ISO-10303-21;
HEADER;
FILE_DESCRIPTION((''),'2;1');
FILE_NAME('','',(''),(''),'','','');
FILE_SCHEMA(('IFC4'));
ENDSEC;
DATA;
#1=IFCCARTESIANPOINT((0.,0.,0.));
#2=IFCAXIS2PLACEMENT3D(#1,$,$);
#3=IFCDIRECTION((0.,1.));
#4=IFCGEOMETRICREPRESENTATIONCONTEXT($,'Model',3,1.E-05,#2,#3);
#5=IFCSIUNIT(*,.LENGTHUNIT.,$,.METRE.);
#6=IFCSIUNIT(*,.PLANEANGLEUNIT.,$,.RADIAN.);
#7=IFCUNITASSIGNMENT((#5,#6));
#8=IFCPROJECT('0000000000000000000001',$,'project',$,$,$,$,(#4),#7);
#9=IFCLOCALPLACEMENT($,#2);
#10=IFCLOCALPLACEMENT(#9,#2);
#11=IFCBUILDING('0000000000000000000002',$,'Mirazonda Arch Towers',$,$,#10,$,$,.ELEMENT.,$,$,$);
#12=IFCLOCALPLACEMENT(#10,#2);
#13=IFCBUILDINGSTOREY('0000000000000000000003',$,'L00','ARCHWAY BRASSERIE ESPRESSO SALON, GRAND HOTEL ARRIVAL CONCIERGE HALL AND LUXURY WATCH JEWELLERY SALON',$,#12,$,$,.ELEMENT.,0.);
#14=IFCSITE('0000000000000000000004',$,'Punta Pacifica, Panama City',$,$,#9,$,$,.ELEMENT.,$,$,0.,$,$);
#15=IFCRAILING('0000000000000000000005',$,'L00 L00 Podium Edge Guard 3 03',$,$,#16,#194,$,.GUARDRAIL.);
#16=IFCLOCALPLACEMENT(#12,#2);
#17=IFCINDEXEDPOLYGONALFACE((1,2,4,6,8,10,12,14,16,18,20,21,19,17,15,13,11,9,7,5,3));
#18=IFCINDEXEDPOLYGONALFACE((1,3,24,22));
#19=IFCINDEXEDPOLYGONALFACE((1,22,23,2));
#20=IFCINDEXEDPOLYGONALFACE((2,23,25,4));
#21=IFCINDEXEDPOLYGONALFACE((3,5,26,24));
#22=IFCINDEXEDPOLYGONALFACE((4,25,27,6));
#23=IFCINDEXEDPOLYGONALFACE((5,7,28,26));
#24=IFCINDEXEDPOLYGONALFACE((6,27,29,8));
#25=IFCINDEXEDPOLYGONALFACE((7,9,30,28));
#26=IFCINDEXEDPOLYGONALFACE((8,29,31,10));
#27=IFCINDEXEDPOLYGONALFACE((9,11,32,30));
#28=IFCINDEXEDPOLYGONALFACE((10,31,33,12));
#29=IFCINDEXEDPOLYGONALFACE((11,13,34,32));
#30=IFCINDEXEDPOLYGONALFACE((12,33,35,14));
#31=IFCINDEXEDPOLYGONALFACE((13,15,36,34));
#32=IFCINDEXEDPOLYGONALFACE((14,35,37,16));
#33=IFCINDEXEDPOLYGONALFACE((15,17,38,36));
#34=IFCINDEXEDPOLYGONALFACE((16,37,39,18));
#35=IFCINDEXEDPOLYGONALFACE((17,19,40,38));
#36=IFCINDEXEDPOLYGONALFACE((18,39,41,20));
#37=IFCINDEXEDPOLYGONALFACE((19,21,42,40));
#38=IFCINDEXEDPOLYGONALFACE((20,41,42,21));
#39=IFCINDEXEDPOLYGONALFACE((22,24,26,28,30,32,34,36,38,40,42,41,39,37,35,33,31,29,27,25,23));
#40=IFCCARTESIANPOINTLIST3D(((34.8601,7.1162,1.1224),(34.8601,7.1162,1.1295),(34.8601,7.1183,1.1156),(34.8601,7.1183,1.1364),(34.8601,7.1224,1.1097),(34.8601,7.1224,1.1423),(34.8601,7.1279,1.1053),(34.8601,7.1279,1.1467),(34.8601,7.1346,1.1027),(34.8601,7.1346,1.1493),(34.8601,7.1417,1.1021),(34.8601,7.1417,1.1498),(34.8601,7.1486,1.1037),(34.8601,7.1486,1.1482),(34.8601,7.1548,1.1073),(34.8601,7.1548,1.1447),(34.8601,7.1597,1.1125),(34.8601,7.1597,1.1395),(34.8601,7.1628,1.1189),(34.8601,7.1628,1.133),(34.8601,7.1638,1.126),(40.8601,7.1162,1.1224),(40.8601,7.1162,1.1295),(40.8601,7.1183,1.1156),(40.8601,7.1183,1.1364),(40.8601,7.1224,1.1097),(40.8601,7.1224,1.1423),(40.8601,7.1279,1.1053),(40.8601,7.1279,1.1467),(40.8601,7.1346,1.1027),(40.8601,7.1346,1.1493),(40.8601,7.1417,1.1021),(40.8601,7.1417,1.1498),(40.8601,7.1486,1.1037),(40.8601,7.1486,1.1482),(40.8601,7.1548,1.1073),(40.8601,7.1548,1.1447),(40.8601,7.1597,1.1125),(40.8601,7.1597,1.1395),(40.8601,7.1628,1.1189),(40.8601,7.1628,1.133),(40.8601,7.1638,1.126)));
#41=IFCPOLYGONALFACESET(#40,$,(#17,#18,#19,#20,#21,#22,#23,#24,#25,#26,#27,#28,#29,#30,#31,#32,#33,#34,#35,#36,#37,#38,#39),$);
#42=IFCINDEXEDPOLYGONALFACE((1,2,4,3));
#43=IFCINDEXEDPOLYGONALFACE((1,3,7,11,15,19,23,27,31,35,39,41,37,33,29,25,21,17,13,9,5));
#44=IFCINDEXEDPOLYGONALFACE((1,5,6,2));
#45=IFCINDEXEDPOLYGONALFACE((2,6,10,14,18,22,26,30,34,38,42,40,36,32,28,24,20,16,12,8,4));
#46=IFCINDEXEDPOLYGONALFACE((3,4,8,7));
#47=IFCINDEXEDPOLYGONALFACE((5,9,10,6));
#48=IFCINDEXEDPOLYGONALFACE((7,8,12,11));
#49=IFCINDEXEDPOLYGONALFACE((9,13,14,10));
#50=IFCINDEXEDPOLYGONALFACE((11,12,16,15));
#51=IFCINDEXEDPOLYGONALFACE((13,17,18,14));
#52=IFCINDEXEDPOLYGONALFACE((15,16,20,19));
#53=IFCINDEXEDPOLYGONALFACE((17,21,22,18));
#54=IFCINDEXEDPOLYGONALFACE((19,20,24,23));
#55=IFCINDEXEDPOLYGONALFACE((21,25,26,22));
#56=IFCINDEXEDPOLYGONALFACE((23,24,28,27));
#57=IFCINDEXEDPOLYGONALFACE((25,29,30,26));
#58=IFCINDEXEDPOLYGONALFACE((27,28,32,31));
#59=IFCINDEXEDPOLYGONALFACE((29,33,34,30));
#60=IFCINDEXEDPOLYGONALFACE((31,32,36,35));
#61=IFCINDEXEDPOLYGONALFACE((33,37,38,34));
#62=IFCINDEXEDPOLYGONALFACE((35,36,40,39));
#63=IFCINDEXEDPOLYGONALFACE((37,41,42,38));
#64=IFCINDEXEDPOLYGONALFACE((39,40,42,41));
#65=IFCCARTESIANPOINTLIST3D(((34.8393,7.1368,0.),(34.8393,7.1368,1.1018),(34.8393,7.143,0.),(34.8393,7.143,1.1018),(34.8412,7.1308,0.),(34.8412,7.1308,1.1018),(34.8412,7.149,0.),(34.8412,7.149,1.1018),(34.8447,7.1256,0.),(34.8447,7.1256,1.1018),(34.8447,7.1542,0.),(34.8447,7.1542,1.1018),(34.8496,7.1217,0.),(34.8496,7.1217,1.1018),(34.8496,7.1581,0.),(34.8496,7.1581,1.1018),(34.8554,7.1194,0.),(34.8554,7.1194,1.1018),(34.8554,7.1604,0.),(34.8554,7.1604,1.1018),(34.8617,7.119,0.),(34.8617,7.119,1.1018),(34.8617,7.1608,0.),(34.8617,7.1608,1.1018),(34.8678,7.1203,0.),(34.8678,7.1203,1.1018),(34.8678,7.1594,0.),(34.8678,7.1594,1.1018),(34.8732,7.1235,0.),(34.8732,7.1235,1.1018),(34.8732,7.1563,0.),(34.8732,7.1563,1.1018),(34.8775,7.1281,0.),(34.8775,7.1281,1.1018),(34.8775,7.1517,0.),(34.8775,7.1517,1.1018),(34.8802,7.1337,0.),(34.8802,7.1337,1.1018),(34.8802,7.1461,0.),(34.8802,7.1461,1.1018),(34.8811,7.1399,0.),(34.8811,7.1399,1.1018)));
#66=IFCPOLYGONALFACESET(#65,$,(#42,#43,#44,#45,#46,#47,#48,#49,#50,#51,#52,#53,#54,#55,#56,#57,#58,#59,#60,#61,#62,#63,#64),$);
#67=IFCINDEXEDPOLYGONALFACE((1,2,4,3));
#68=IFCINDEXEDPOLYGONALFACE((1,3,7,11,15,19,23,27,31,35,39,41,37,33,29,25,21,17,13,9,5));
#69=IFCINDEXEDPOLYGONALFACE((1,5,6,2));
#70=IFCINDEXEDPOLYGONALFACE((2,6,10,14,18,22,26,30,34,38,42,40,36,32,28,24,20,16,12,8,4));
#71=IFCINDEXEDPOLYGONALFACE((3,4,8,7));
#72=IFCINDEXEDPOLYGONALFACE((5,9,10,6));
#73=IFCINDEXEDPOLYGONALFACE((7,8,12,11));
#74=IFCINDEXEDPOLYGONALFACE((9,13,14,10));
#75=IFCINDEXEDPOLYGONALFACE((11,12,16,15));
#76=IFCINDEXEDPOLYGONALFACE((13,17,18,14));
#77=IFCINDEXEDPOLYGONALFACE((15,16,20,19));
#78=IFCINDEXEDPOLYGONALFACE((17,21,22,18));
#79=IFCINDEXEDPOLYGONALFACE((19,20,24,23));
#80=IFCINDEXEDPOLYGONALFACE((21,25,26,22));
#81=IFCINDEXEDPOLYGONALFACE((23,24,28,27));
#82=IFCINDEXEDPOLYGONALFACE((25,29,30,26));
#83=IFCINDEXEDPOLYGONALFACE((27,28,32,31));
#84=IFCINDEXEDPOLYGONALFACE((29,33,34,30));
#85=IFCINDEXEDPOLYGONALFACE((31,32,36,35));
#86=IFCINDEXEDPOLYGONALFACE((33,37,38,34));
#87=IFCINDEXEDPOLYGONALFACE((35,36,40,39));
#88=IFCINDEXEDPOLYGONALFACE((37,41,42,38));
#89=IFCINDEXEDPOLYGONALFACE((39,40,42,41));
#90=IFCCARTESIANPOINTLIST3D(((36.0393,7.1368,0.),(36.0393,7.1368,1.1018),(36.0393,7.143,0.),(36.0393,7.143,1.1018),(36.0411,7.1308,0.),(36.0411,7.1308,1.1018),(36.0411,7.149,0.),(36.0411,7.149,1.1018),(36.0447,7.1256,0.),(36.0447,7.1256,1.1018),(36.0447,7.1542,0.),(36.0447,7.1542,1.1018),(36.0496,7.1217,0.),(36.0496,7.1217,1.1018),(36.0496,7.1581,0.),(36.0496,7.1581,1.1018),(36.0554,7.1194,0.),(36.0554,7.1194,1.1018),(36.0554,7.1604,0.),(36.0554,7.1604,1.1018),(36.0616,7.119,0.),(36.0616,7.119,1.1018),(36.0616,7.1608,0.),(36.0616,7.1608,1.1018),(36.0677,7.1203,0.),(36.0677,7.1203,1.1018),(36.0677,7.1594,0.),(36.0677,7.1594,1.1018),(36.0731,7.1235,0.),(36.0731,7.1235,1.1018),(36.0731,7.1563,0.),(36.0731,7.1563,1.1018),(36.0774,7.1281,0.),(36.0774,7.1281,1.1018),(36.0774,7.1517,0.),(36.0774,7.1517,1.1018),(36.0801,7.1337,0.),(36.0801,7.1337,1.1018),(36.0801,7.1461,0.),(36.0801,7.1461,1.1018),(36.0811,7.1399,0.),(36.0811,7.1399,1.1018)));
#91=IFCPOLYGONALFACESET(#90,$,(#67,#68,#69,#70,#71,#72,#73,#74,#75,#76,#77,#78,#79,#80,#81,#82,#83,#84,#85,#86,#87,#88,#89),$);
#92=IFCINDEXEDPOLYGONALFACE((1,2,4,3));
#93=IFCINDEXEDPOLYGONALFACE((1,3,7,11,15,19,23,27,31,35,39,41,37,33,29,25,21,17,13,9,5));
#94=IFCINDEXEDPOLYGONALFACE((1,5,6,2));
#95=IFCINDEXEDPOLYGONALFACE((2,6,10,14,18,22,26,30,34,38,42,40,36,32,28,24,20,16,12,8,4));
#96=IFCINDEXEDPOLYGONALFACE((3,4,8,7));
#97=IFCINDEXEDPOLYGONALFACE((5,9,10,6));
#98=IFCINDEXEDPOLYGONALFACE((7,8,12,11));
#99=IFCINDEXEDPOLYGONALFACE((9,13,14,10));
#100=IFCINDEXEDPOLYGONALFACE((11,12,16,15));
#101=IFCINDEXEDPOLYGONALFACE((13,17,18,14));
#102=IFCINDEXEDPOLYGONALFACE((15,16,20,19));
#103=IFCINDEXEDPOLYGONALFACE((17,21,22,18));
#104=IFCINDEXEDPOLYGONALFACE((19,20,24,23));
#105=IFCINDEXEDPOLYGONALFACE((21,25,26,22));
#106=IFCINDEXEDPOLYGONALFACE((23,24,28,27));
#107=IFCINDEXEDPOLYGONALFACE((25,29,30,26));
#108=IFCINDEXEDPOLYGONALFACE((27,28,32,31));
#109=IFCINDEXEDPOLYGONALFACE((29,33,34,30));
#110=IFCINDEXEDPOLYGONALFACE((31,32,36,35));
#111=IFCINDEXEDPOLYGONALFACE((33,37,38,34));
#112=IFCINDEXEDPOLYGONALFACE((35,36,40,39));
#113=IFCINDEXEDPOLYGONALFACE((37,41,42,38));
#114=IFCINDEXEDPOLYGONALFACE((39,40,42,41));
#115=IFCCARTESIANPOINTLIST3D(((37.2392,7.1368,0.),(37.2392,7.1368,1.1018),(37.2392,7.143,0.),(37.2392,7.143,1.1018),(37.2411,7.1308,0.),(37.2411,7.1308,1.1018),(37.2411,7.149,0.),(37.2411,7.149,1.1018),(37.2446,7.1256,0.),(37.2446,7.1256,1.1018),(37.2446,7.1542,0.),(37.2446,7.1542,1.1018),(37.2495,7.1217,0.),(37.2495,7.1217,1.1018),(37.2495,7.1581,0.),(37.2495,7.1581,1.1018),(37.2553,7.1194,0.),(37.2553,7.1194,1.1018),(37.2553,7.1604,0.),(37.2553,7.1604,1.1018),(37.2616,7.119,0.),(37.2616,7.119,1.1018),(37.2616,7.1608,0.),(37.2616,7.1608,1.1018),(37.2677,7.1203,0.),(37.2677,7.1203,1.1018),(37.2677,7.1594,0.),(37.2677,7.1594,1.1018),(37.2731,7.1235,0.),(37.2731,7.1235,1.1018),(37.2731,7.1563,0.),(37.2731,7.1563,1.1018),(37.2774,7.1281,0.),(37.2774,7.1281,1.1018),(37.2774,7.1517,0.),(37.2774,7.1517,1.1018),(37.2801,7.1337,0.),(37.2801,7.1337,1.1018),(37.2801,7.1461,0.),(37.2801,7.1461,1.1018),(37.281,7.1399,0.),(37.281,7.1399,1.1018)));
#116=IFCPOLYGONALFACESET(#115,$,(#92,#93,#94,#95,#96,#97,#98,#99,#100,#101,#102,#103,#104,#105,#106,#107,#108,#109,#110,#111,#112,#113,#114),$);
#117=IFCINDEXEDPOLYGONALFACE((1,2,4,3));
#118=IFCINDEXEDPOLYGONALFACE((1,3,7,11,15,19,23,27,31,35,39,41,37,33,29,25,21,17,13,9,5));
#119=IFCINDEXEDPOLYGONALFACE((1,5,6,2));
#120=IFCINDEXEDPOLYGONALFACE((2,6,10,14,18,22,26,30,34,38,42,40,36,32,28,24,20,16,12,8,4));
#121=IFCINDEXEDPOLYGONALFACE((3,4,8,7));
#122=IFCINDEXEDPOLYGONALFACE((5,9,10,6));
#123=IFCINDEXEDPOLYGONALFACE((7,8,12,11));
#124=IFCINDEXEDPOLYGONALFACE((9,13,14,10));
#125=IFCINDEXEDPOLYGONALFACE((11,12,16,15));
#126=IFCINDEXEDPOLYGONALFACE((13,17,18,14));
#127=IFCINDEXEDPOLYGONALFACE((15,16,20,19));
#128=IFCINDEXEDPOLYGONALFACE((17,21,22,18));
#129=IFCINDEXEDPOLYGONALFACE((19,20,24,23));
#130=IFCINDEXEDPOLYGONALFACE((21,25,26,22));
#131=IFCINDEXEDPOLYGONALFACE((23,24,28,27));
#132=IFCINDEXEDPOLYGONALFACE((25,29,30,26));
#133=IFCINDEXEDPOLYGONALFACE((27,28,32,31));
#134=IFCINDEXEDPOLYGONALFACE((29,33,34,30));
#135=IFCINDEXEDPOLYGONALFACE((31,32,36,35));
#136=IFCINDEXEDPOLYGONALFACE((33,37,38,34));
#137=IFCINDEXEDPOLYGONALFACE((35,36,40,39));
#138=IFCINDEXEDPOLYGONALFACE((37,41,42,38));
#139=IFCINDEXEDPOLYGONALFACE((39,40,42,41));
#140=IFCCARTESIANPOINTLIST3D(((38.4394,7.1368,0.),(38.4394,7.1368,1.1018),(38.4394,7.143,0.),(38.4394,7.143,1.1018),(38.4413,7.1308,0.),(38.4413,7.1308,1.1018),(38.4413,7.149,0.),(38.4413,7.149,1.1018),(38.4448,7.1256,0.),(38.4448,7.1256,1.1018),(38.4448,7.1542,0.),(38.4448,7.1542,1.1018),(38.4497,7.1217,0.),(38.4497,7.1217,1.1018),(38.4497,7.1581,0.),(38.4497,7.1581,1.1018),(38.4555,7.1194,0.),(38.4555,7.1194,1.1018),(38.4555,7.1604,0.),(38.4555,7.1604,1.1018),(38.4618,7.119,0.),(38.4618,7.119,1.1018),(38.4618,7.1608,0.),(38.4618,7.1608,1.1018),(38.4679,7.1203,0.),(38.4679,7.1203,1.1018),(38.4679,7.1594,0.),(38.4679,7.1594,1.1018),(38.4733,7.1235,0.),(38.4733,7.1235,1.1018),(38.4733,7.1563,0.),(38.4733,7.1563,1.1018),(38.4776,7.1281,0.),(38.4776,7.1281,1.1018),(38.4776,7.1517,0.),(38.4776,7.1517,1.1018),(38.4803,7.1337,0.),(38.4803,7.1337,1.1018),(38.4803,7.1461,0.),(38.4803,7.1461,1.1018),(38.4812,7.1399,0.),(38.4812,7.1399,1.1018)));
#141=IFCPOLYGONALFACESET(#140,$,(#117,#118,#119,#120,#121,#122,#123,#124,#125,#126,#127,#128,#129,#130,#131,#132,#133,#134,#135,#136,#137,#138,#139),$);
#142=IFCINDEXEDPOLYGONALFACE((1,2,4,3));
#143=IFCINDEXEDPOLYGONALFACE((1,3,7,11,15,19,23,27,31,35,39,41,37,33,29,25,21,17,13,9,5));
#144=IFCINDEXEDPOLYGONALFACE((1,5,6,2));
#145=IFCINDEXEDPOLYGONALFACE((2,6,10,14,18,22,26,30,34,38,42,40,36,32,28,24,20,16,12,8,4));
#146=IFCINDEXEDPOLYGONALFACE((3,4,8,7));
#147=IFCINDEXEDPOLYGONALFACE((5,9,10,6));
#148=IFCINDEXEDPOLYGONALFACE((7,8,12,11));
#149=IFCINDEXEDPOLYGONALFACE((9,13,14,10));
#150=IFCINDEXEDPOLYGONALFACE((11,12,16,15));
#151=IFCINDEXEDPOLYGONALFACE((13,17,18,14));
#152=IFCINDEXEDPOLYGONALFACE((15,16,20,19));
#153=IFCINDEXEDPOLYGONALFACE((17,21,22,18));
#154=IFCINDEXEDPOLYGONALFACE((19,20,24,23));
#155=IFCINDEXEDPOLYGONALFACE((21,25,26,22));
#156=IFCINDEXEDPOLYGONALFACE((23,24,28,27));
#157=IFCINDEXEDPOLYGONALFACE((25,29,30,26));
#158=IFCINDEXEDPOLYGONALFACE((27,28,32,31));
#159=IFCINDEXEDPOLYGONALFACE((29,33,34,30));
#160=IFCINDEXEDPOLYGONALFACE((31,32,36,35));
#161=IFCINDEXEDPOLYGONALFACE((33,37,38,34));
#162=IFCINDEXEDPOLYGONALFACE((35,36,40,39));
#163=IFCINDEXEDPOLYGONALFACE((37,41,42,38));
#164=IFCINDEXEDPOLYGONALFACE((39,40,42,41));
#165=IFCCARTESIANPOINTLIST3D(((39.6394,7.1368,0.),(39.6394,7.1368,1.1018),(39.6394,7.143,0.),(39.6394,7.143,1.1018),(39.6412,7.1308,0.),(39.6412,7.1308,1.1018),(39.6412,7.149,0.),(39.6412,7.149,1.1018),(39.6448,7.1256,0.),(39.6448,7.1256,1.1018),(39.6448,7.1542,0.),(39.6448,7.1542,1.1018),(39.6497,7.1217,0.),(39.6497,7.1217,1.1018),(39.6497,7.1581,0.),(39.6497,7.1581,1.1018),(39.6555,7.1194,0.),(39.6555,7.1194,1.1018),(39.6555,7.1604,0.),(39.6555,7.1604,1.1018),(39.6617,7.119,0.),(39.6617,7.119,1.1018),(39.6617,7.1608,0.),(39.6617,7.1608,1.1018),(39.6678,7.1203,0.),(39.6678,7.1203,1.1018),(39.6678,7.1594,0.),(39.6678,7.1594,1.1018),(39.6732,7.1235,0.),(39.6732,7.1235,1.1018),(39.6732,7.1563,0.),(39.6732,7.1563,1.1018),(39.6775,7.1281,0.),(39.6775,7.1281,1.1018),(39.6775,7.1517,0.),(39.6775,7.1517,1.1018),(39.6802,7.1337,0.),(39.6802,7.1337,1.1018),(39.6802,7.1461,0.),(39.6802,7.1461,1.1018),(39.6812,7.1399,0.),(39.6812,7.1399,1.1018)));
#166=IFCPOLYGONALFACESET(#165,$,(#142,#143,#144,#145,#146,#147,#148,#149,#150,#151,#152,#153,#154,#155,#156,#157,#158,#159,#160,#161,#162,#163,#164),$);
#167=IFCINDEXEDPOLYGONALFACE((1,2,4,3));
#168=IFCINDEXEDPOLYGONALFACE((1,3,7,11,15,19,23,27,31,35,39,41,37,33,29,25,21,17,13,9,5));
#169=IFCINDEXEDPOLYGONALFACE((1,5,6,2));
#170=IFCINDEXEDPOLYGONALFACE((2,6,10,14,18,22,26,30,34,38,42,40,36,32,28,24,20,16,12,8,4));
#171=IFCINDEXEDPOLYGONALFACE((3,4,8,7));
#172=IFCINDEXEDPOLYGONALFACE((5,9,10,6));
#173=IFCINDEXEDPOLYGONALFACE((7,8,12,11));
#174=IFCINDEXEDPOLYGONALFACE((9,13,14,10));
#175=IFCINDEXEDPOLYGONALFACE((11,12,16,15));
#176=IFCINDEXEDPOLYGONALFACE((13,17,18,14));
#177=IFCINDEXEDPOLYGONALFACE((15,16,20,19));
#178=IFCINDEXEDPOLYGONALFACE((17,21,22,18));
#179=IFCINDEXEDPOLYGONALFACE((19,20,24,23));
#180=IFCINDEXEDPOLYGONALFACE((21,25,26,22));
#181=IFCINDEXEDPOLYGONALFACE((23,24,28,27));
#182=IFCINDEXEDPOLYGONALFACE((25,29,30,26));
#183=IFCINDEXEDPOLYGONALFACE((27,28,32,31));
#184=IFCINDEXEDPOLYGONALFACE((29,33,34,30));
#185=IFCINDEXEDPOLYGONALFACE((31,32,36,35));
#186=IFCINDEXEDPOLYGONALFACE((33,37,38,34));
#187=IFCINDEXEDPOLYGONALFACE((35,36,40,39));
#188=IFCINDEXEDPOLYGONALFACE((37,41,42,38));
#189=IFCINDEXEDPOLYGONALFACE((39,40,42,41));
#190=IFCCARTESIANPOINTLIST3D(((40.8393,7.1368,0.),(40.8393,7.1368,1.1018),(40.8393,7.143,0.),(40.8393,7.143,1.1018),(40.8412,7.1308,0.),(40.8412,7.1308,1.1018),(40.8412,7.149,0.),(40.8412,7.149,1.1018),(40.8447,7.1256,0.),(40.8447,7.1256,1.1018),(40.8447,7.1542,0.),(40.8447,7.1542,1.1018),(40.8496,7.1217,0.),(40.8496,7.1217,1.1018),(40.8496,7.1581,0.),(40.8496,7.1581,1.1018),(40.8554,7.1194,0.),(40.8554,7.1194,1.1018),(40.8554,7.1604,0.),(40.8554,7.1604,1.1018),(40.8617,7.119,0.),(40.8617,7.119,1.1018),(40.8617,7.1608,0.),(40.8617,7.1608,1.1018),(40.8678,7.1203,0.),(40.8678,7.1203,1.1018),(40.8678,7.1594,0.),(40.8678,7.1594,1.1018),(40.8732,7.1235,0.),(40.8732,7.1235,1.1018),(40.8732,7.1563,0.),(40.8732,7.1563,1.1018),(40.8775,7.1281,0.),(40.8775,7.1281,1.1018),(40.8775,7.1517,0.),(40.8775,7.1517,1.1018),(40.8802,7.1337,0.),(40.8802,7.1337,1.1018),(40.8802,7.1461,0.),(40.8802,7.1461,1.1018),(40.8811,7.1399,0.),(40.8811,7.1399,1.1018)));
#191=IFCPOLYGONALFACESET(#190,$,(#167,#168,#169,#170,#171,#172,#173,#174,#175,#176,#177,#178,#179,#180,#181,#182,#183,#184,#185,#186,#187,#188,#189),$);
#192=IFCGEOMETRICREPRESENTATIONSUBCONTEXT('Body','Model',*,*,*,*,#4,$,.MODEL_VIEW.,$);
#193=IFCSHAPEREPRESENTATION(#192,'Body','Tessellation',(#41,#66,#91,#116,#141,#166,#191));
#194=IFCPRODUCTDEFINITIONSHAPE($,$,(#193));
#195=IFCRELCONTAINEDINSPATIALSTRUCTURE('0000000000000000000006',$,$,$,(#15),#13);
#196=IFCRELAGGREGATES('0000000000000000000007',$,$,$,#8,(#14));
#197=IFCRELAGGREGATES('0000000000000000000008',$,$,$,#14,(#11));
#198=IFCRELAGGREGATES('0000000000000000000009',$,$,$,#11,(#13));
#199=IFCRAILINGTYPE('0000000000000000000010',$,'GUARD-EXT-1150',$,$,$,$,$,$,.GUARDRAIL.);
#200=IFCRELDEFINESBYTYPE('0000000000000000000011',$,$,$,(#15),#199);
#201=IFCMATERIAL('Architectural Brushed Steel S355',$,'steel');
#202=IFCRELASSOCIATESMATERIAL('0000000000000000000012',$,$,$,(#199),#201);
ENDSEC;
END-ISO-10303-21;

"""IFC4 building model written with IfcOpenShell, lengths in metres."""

from ifc_helpers import new_model, si_unit, direction, frame, origin, origin_2d, place, context, subcontext, project, spatial, circle, extrude, material, type_object, element, save


model = new_model("IFC4")

# Units and contexts
model_context = context("Model", 3, precision=1e-05, world=origin(), true_north=direction((0.0, 1.0)))
body_context = subcontext(model_context, "Body", "Model", "MODEL_VIEW")
ifc_project = project(units=[si_unit("LENGTHUNIT", "METRE"), si_unit("PLANEANGLEUNIT", "RADIAN")], contexts=[model_context])

# Site, building, storey
site_placement = place(None, origin())
site = spatial("IfcSite", under=ifc_project, at=site_placement, Name="Punta Pacifica, Panama City", CompositionType="ELEMENT", RefElevation=0.0)
building_placement = place(site_placement, origin())
building = spatial("IfcBuilding", under=site, at=building_placement, Name="Mirazonda Arch Towers", CompositionType="ELEMENT")
storey_placement = place(building_placement, origin())
storey = spatial("IfcBuildingStorey", under=building, at=storey_placement, Name="L00", Description="ARCHWAY BRASSERIE ESPRESSO SALON, GRAND HOTEL ARRIVAL CONCIERGE HALL AND LUXURY WATCH JEWELLERY SALON", CompositionType="ELEMENT", Elevation=0.0)

# Shared definitions
ifc_material_1 = material(Name="Architectural Brushed Steel S355", Category="steel")

# Railing
railing_type = type_object("IfcRailingType", Name="GUARD-EXT-1150", PredefinedType="GUARDRAIL", material=ifc_material_1)
railing_1_placement = place(storey_placement, frame((34.8601, 7.1399, 0.0)))
element("IfcRailing", 1, at=railing_1_placement, inside=storey, type_object=railing_type, Name="L00 L00 Podium Edge Guard 3 03", PredefinedType="GUARDRAIL", context=body_context, shape_type="SweptSolid", body=[
    extrude(circle(Radius=0.0239, at=origin_2d()), frame((0.0, 0.0, 1.126), z_axis=(1.0, 0.0, 0.0), x_axis=(0.0, 1.0, 0.0)), (0.0, 0.0, 1.0), 6.0),
    extrude(circle(Radius=0.021, at=origin_2d()), origin(), (0.0, 0.0, 1.0), 1.1018),
    extrude(circle(Radius=0.021, at=origin_2d()), frame((1.2, 0.0, 0.0)), (0.0, 0.0, 1.0), 1.1018),
    extrude(circle(Radius=0.021, at=origin_2d()), frame((2.3999, 0.0, 0.0)), (0.0, 0.0, 1.0), 1.1018),
    extrude(circle(Radius=0.021, at=origin_2d()), frame((3.6001, 0.0, 0.0)), (0.0, 0.0, 1.0), 1.1018),
    extrude(circle(Radius=0.021, at=origin_2d()), frame((4.8, 0.0, 0.0)), (0.0, 0.0, 1.0), 1.1018),
    extrude(circle(Radius=0.021, at=origin_2d()), frame((6.0, 0.0, 0.0)), (0.0, 0.0, 1.0), 1.1018),
])

save(model, "model.ifc")
